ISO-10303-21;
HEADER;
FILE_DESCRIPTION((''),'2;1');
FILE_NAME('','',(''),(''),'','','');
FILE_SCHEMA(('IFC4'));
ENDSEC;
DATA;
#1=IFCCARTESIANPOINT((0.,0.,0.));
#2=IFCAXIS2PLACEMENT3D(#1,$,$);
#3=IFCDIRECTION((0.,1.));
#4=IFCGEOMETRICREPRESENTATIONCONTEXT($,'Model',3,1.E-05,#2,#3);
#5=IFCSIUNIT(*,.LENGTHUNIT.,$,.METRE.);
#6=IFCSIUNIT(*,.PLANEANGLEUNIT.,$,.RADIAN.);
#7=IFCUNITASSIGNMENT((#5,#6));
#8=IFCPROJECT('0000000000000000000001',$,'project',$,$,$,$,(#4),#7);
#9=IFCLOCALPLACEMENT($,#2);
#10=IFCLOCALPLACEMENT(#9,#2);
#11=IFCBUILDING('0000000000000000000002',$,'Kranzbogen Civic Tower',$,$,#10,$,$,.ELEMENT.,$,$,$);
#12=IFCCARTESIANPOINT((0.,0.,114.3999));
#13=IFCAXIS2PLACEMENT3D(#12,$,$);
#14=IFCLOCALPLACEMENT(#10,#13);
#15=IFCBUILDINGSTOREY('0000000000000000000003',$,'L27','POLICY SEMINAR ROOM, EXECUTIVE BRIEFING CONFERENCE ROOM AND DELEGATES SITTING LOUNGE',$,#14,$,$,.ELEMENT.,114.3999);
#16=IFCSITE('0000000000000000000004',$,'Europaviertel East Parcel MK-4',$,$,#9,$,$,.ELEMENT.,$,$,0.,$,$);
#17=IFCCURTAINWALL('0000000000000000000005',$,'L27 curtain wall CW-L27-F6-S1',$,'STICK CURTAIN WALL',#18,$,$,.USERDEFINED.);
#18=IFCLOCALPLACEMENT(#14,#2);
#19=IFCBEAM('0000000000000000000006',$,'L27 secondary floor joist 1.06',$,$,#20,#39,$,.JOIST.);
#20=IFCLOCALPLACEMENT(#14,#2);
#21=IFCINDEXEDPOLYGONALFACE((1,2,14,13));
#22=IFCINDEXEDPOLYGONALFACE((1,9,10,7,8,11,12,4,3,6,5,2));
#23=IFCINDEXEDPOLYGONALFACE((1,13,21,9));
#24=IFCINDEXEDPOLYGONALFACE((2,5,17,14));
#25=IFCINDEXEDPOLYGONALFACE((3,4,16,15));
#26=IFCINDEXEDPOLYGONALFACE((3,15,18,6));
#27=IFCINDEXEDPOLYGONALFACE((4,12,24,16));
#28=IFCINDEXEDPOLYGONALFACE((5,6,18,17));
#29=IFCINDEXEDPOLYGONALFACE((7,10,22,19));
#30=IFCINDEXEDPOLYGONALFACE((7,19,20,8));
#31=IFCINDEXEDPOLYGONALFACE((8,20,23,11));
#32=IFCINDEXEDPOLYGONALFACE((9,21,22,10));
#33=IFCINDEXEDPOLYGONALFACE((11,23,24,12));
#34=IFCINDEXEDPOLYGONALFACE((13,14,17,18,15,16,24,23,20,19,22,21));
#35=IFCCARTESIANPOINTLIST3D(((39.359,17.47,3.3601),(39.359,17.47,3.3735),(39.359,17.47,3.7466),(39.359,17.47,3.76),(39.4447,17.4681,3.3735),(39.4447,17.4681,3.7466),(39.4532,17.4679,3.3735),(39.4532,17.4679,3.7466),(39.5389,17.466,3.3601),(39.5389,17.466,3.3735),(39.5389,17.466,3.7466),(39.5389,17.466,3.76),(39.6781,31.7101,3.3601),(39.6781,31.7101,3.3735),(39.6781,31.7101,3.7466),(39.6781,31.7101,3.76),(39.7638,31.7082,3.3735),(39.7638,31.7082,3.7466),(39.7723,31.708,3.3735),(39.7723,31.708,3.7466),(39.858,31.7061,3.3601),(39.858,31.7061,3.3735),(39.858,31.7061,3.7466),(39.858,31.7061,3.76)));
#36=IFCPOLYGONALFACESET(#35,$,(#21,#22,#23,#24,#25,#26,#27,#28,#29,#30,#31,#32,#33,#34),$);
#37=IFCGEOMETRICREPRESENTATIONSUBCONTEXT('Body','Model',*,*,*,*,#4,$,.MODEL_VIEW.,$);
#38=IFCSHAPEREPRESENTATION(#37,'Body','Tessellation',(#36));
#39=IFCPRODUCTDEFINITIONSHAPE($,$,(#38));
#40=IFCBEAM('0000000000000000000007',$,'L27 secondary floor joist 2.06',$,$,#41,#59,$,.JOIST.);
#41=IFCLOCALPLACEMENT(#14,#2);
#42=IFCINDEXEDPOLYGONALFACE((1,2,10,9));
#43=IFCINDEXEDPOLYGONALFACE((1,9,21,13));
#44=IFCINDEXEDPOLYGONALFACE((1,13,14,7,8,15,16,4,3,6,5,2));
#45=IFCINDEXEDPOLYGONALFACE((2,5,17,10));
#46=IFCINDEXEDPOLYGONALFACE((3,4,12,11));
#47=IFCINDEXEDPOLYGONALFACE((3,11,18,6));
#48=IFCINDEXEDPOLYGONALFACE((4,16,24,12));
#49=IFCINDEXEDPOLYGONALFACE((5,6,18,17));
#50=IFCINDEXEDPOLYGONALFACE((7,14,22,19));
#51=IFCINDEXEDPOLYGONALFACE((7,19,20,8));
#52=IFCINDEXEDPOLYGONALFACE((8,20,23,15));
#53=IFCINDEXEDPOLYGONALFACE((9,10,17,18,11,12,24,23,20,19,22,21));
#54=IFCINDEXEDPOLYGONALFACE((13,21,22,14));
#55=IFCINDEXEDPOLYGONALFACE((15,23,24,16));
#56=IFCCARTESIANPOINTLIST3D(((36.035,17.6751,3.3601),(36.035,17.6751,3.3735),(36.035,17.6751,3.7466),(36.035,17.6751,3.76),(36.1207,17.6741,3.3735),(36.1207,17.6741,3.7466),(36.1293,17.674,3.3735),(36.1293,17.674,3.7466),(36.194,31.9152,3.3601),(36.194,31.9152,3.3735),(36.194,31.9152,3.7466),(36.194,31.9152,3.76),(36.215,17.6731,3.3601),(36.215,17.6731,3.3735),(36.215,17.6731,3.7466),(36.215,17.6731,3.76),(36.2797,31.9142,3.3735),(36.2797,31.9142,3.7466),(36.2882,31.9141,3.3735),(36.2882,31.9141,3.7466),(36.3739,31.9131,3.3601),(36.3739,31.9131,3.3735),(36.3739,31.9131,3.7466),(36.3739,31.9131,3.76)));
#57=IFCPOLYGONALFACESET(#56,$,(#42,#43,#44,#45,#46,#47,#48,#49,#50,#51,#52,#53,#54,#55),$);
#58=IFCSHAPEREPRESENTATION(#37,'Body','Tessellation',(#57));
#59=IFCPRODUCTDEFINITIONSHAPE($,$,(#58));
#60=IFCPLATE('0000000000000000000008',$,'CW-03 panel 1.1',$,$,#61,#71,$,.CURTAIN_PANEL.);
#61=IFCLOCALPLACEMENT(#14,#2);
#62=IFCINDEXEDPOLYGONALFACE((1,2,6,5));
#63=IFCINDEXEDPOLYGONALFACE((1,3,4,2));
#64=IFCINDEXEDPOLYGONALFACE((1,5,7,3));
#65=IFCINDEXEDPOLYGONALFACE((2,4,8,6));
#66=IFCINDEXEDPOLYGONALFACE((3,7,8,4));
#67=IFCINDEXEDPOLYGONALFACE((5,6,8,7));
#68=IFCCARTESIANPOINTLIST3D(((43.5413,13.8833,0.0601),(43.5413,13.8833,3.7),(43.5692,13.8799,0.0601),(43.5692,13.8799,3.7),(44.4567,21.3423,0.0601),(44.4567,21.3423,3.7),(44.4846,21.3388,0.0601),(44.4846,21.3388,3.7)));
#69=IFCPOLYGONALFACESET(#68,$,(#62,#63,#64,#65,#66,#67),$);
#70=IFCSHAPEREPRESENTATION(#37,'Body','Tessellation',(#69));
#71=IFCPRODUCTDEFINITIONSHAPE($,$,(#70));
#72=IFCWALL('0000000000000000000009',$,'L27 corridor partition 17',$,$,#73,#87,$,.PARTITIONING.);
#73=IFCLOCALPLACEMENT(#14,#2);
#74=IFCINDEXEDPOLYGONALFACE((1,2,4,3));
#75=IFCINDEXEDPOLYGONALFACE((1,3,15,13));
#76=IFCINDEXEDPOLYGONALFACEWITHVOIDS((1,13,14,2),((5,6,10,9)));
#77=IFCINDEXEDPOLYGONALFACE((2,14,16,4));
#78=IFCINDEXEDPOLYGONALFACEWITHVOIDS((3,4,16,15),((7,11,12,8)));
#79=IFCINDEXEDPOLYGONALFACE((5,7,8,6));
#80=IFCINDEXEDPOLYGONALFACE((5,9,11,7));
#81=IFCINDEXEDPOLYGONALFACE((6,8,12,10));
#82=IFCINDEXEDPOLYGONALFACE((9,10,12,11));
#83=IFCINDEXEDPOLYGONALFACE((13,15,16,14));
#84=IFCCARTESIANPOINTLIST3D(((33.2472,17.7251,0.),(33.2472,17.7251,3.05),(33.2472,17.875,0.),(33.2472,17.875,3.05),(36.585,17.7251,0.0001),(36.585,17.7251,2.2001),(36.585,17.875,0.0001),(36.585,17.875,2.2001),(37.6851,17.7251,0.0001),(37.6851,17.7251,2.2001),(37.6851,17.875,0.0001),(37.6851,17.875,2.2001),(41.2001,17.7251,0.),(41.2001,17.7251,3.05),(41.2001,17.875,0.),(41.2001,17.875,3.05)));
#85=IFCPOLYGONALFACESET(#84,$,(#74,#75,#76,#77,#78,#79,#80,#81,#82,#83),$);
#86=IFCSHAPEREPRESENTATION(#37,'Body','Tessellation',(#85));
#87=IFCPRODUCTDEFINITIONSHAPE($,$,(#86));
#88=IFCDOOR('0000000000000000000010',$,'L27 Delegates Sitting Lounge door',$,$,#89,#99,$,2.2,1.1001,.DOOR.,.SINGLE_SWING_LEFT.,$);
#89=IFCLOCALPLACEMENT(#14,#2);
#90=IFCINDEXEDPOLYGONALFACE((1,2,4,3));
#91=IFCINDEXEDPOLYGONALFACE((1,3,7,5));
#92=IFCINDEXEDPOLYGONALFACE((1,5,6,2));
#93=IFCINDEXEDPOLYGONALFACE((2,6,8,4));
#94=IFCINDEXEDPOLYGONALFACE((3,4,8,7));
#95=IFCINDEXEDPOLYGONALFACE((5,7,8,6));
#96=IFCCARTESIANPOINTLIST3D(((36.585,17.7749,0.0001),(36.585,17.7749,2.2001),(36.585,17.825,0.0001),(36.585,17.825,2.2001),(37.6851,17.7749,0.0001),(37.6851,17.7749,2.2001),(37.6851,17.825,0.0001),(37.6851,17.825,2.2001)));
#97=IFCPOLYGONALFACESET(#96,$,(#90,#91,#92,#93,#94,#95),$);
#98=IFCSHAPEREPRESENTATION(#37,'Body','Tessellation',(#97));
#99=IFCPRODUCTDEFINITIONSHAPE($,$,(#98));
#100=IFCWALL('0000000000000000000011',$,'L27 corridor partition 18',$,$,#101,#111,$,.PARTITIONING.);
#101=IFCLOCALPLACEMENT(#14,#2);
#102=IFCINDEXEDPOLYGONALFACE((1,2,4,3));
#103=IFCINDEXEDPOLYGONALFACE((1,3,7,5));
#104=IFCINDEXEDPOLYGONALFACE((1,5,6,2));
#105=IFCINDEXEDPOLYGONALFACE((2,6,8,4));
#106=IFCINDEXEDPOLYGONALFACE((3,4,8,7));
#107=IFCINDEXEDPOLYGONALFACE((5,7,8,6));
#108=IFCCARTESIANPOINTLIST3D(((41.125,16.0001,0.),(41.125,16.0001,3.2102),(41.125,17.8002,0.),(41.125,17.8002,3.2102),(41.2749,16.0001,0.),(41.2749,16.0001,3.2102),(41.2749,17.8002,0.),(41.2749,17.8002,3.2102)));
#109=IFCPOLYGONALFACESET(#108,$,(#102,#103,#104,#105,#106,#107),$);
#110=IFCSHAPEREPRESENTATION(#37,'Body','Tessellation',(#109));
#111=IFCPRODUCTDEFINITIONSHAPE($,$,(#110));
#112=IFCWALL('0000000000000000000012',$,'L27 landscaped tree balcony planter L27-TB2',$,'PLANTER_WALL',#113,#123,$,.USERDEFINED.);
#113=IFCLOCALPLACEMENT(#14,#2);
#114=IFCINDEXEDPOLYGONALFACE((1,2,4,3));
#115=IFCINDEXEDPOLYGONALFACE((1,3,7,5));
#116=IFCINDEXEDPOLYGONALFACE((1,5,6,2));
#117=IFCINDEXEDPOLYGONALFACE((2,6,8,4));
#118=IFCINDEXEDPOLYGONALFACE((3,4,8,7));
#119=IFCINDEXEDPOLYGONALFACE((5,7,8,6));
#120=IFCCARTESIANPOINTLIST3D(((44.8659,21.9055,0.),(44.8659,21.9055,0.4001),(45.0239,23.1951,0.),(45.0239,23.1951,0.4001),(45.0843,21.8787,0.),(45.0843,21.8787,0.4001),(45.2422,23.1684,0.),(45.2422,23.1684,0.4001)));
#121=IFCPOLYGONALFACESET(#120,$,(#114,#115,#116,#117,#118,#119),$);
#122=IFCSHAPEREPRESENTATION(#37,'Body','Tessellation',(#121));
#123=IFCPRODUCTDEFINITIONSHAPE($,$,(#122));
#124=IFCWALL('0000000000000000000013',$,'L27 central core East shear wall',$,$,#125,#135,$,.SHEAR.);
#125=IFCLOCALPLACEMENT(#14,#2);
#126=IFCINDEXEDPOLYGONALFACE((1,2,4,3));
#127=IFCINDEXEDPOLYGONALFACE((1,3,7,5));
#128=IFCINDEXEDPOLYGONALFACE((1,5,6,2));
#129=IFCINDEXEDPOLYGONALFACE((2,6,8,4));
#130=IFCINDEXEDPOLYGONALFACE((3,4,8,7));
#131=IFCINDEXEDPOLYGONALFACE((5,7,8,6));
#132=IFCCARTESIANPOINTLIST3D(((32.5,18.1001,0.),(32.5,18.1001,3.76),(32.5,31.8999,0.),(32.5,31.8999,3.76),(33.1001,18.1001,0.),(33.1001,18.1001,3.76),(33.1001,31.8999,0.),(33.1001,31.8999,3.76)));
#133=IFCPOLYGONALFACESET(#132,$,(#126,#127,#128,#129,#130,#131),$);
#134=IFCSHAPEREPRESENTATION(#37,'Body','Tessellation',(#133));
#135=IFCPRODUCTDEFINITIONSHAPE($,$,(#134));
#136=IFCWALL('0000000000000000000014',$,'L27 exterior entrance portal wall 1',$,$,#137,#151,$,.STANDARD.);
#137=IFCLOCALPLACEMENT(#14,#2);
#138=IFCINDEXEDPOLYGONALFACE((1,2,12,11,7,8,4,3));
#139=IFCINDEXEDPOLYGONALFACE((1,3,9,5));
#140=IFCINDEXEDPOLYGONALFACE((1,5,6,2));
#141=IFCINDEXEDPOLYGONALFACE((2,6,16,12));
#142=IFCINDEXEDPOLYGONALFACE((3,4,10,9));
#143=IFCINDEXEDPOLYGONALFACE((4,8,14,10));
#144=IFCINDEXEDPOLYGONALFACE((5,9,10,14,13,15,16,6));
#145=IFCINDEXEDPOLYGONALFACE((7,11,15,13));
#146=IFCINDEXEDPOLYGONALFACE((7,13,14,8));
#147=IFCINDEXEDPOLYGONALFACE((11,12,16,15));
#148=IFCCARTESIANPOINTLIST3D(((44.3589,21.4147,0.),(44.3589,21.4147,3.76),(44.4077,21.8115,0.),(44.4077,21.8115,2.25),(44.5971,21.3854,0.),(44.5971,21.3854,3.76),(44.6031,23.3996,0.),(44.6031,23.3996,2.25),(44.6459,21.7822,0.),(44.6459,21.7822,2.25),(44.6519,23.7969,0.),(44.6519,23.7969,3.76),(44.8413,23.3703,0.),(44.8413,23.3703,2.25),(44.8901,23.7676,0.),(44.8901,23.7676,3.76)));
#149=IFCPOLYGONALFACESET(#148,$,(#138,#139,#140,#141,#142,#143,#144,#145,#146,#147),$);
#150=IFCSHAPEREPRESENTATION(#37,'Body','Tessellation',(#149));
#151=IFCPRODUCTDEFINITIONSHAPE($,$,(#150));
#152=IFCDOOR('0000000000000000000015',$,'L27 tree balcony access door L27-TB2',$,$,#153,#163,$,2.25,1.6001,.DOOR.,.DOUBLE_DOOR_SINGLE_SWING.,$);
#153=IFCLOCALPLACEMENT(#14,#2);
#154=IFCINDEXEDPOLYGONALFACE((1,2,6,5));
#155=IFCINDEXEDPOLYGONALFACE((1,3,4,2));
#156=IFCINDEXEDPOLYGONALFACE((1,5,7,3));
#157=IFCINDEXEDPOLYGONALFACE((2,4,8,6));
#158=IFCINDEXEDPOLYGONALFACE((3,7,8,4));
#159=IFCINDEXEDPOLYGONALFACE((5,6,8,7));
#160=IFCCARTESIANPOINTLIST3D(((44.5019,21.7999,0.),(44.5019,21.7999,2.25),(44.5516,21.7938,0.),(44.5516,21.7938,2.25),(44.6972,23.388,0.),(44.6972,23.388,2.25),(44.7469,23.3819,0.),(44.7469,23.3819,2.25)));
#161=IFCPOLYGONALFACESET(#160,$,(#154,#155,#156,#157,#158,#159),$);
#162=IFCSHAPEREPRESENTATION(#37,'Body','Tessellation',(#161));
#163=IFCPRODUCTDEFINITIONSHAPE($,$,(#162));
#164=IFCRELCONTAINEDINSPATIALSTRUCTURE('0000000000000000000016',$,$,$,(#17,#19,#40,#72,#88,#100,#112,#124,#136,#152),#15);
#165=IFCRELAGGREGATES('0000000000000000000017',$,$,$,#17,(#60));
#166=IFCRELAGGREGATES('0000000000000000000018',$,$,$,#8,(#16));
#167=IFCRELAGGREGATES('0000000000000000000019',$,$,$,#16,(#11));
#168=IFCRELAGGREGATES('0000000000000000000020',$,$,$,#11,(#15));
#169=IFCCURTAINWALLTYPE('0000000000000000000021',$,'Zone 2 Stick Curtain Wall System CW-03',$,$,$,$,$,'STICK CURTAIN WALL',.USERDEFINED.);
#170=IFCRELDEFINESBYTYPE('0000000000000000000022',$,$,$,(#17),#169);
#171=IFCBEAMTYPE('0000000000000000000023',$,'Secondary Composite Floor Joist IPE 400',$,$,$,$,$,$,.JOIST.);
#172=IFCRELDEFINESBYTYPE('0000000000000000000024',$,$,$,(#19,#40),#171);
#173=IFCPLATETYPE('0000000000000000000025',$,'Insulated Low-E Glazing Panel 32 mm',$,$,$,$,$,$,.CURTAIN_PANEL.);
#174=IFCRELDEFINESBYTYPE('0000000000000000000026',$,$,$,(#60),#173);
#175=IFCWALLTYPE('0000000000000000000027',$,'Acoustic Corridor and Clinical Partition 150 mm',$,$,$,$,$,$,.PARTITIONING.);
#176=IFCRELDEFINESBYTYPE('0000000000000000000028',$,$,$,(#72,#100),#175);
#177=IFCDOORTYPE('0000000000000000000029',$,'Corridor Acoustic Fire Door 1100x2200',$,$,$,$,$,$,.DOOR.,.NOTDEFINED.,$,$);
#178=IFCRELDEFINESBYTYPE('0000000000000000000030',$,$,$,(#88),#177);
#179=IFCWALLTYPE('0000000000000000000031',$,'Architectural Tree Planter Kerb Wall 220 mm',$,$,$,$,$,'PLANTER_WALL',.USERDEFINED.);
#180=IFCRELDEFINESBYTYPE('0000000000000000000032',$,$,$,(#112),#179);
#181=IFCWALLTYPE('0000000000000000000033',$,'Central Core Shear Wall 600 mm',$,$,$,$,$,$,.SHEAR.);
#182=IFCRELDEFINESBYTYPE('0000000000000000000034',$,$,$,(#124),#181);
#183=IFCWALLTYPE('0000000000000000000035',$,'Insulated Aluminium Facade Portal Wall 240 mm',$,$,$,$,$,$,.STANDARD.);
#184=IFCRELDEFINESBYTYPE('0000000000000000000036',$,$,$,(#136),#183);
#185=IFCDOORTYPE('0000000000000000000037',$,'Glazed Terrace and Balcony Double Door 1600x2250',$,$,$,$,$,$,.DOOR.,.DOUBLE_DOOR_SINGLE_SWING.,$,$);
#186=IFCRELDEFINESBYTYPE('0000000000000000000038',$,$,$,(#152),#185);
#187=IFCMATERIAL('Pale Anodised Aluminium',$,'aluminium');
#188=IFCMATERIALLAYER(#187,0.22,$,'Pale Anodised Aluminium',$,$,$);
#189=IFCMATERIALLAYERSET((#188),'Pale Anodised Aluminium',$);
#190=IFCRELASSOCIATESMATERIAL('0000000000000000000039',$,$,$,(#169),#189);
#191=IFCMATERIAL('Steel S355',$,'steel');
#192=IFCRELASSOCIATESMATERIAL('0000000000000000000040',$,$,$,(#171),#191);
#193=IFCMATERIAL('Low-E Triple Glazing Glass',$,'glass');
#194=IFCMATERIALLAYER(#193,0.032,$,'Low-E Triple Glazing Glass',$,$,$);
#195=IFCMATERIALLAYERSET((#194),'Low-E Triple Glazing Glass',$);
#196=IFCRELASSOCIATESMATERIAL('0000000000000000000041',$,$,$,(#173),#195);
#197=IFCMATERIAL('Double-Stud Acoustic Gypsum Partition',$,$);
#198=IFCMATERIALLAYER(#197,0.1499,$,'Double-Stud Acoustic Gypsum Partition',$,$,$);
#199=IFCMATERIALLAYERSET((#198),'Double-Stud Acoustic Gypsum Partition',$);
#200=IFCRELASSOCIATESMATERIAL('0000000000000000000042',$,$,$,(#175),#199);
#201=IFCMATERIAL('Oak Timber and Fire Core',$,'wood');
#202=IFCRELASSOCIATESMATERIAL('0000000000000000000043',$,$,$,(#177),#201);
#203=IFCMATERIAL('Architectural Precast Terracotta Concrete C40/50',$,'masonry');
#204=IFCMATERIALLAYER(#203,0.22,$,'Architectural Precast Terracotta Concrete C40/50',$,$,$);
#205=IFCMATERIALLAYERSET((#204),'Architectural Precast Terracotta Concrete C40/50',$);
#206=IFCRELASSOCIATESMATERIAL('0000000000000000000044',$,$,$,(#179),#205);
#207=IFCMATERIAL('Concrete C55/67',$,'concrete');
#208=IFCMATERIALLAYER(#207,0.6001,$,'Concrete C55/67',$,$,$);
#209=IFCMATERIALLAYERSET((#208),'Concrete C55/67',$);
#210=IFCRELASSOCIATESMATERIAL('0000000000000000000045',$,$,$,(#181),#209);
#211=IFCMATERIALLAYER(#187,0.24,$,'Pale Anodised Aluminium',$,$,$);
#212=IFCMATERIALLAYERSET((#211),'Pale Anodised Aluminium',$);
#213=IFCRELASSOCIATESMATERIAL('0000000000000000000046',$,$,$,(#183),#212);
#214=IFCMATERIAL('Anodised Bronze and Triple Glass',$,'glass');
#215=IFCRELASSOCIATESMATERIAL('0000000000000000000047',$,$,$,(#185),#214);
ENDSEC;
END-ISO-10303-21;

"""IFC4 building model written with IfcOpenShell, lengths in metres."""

from ifc_helpers import new_model, si_unit, direction, frame, frame_2d, origin, origin_2d, place, context, subcontext, project, spatial, rectangle, i_section, extrude, material, layer, layer_set, material_profile, profile_set, type_object, element, fill, aggregate, save


model = new_model("IFC4")

# Units and contexts
model_context = context("Model", 3, precision=1e-05, world=origin(), true_north=direction((0.0, 1.0)))
body_context = subcontext(model_context, "Body", "Model", "MODEL_VIEW")
ifc_project = project(units=[si_unit("LENGTHUNIT", "METRE"), si_unit("PLANEANGLEUNIT", "RADIAN")], contexts=[model_context])

# Site, building, storey
site_placement = place(None, origin())
site = spatial("IfcSite", under=ifc_project, at=site_placement, Name="Europaviertel East Parcel MK-4", CompositionType="ELEMENT", RefElevation=0.0)
building_placement = place(site_placement, origin())
building = spatial("IfcBuilding", under=site, at=building_placement, Name="Kranzbogen Civic Tower", CompositionType="ELEMENT")
storey_placement = place(building_placement, frame((0.0, 0.0, 114.3999)))
storey = spatial("IfcBuildingStorey", under=building, at=storey_placement, Name="L27", Description="POLICY SEMINAR ROOM, EXECUTIVE BRIEFING CONFERENCE ROOM AND DELEGATES SITTING LOUNGE", CompositionType="ELEMENT", Elevation=114.3999)

# Curtain wall
ifc_material_1 = material(Name="Pale Anodised Aluminium", Category="aluminium")
ifc_layer_1 = layer(ifc_material_1, 0.22, Name="Pale Anodised Aluminium")
ifc_layer_set_1 = layer_set([ifc_layer_1], Name="Pale Anodised Aluminium")
curtain_wall_type = type_object("IfcCurtainWallType", Name="Zone 2 Stick Curtain Wall System CW-03", ElementType="STICK CURTAIN WALL", PredefinedType="USERDEFINED", material=ifc_layer_set_1)
curtain_wall_1_placement = place(storey_placement, origin())
curtain_wall_1 = element("IfcCurtainWall", 1, at=curtain_wall_1_placement, inside=storey, type_object=curtain_wall_type, Name="L27 curtain wall CW-L27-F6-S1", ObjectType="STICK CURTAIN WALL", PredefinedType="USERDEFINED")

# Beams
ifc_material_2 = material(Name="Steel S355", Category="steel")
ifc_material_profile_1 = material_profile(ifc_material_2, i_section(OverallWidth=0.1799, OverallDepth=0.3999, WebThickness=0.0085, FlangeThickness=0.0134, at=origin_2d()), Name="IPE 400")
ifc_profile_set_1 = profile_set([ifc_material_profile_1], Name="Steel S355")
beam_type_1 = type_object("IfcBeamType", Name="Secondary Composite Floor Joist IPE 400", PredefinedType="JOIST", material=ifc_profile_set_1)
beam_1_placement = place(storey_placement, frame((39.449, 17.468, 3.5601), z_axis=(0.022403, 0.999749, 0.0), x_axis=(-0.999749, 0.022403, 0.0)))
element("IfcBeam", 2, at=beam_1_placement, inside=storey, type_object=beam_type_1, Name="L27 secondary floor joist 1.06", PredefinedType="JOIST", context=body_context, shape_type="SweptSolid", body=[
    extrude(i_section(OverallWidth=0.1799, OverallDepth=0.3999, WebThickness=0.0085, FlangeThickness=0.0134, at=origin_2d()), origin(), (0.0, 0.0, 1.0), 14.2437),
])
beam_2_placement = place(storey_placement, frame((36.125, 17.6741, 3.5601), z_axis=(0.011161, 0.999938, 0.0), x_axis=(-0.999938, 0.011161, 0.0)))
element("IfcBeam", 3, at=beam_2_placement, inside=storey, type_object=beam_type_1, Name="L27 secondary floor joist 2.06", PredefinedType="JOIST", context=body_context, shape_type="SweptSolid", body=[
    extrude(i_section(OverallWidth=0.1799, OverallDepth=0.3999, WebThickness=0.0085, FlangeThickness=0.0134, at=origin_2d()), origin(), (0.0, 0.0, 1.0), 14.241),
])

# Plate
ifc_material_3 = material(Name="Low-E Triple Glazing Glass", Category="glass")
ifc_layer_2 = layer(ifc_material_3, 0.032, Name="Low-E Triple Glazing Glass")
ifc_layer_set_2 = layer_set([ifc_layer_2], Name="Low-E Triple Glazing Glass")
plate_type = type_object("IfcPlateType", Name="Insulated Low-E Glazing Panel 32 mm", PredefinedType="CURTAIN_PANEL", material=ifc_layer_set_2)
plate_placement = place(storey_placement, frame((44.0129, 17.6111, 0.0601), z_axis=(0.0, 0.0, 1.0), x_axis=(0.12181, 0.992553, 0.0)))
plate = element("IfcPlate", 4, at=plate_placement, type_object=plate_type, Name="CW-03 panel 1.1", PredefinedType="CURTAIN_PANEL", context=body_context, shape_type="SweptSolid", body=[
    extrude(rectangle(XDim=7.5149, YDim=0.0281, at=origin_2d()), origin(), (0.0, 0.0, 1.0), 3.6399),
])
aggregate(curtain_wall_1, [plate])

# Wall, opening, door
ifc_material_4 = material(Name="Double-Stud Acoustic Gypsum Partition")
ifc_layer_3 = layer(ifc_material_4, 0.1499, Name="Double-Stud Acoustic Gypsum Partition")
ifc_layer_set_3 = layer_set([ifc_layer_3], Name="Double-Stud Acoustic Gypsum Partition")
wall_type_1 = type_object("IfcWallType", Name="Acoustic Corridor and Clinical Partition 150 mm", PredefinedType="PARTITIONING", material=ifc_layer_set_3)
wall_1_placement = place(storey_placement, frame((33.2471, 17.8, 0.0), z_axis=(0.0, 0.0, 1.0), x_axis=(1.0, 0.0, 0.0)))
wall_1 = element("IfcWall", 5, at=wall_1_placement, inside=storey, type_object=wall_type_1, Name="L27 corridor partition 17", PredefinedType="PARTITIONING", context=body_context, shape_type="SweptSolid", body=[
    extrude(rectangle(XDim=7.9529, YDim=0.1499, at=frame_2d((3.9766, 0.0))), origin(), (0.0, 0.0, 1.0), 3.05),
])
opening_1_placement = place(wall_1_placement, frame((3.3379, 0.0, 0.0)))
opening_1 = element("IfcOpeningElement", 6, at=opening_1_placement, cuts=wall_1, PredefinedType="OPENING", context=body_context, shape_type="SweptSolid", body=[
    extrude(rectangle(XDim=1.1001, YDim=2.2, at=frame_2d((0.55, 1.1001))), frame((0.0, 0.085, 0.0), z_axis=(0.0, -1.0, 0.0), x_axis=(1.0, 0.0, 0.0)), (0.0, 0.0, 1.0), 0.1699),
])
ifc_material_5 = material(Name="Oak Timber and Fire Core", Category="wood")
door_type_1 = type_object("IfcDoorType", Name="Corridor Acoustic Fire Door 1100x2200", OperationType="NOTDEFINED", PredefinedType="DOOR", material=ifc_material_5)
door_1_placement = place(opening_1_placement, origin())
door_1 = element("IfcDoor", 7, at=door_1_placement, inside=storey, type_object=door_type_1, Name="L27 Delegates Sitting Lounge door", OperationType="SINGLE_SWING_LEFT", OverallHeight=2.2, OverallWidth=1.1001, PredefinedType="DOOR", context=body_context, shape_type="SweptSolid", body=[
    extrude(rectangle(XDim=1.1001, YDim=2.2, at=frame_2d((0.55, 1.1001))), frame((0.0, 0.0249, 0.0), z_axis=(0.0, -1.0, 0.0), x_axis=(1.0, 0.0, 0.0)), (0.0, 0.0, 1.0), 0.05),
])
fill(opening_1, door_1)

# Walls
wall_2_placement = place(storey_placement, frame((41.2, 17.8, 0.0), z_axis=(0.0, 0.0, 1.0), x_axis=(0.0, -1.0, 0.0)))
element("IfcWall", 8, at=wall_2_placement, inside=storey, type_object=wall_type_1, Name="L27 corridor partition 18", PredefinedType="PARTITIONING", context=body_context, shape_type="SweptSolid", body=[
    extrude(rectangle(XDim=1.8, YDim=0.1499, at=frame_2d((0.8999, 0.0))), origin(), (0.0, 0.0, 1.0), 3.2102),
])
ifc_material_6 = material(Name="Architectural Precast Terracotta Concrete C40/50", Category="masonry")
ifc_layer_4 = layer(ifc_material_6, 0.22, Name="Architectural Precast Terracotta Concrete C40/50")
ifc_layer_set_4 = layer_set([ifc_layer_4], Name="Architectural Precast Terracotta Concrete C40/50")
wall_type_2 = type_object("IfcWallType", Name="Architectural Tree Planter Kerb Wall 220 mm", ElementType="PLANTER_WALL", PredefinedType="USERDEFINED", material=ifc_layer_set_4)
wall_3_placement = place(storey_placement, frame((44.9751, 21.8921, 0.0), z_axis=(0.0, 0.0, 1.0), x_axis=(0.12156, 0.992584, 0.0)))
element("IfcWall", 9, at=wall_3_placement, inside=storey, type_object=wall_type_2, Name="L27 landscaped tree balcony planter L27-TB2", ObjectType="PLANTER_WALL", PredefinedType="USERDEFINED", context=body_context, shape_type="SweptSolid", body=[
    extrude(rectangle(XDim=1.2993, YDim=0.22, at=frame_2d((0.6497, 0.0))), origin(), (0.0, 0.0, 1.0), 0.4001),
])
ifc_material_7 = material(Name="Concrete C55/67", Category="concrete")
ifc_layer_5 = layer(ifc_material_7, 0.6001, Name="Concrete C55/67")
ifc_layer_set_5 = layer_set([ifc_layer_5], Name="Concrete C55/67")
wall_type_3 = type_object("IfcWallType", Name="Central Core Shear Wall 600 mm", PredefinedType="SHEAR", material=ifc_layer_set_5)
wall_4_placement = place(storey_placement, frame((32.8, 18.1001, 0.0), z_axis=(0.0, 0.0, 1.0), x_axis=(0.0, 1.0, 0.0)))
element("IfcWall", 10, at=wall_4_placement, inside=storey, type_object=wall_type_3, Name="L27 central core East shear wall", PredefinedType="SHEAR", context=body_context, shape_type="SweptSolid", body=[
    extrude(rectangle(XDim=13.7998, YDim=0.6001, at=frame_2d((6.8999, 0.0))), origin(), (0.0, 0.0, 1.0), 3.76),
])

# Wall, opening, door
ifc_layer_6 = layer(ifc_material_1, 0.24, Name="Pale Anodised Aluminium")
ifc_layer_set_6 = layer_set([ifc_layer_6], Name="Pale Anodised Aluminium")
wall_type_4 = type_object("IfcWallType", Name="Insulated Aluminium Facade Portal Wall 240 mm", PredefinedType="STANDARD", material=ifc_layer_set_6)
wall_5_placement = place(storey_placement, frame((44.478, 21.3999, 0.0), z_axis=(0.0, 0.0, 1.0), x_axis=(0.122069, 0.992522, 0.0)))
wall_5 = element("IfcWall", 11, at=wall_5_placement, inside=storey, type_object=wall_type_4, Name="L27 exterior entrance portal wall 1", PredefinedType="STANDARD", context=body_context, shape_type="SweptSolid", body=[
    extrude(rectangle(XDim=2.4001, YDim=0.24, at=frame_2d((1.2002, 0.0))), origin(), (0.0, 0.0, 1.0), 3.76),
])
opening_2_placement = place(wall_5_placement, frame((0.3999, 0.0, 0.0)))
opening_2 = element("IfcOpeningElement", 12, at=opening_2_placement, cuts=wall_5, PredefinedType="OPENING", context=body_context, shape_type="SweptSolid", body=[
    extrude(rectangle(XDim=1.6001, YDim=2.25, at=frame_2d((0.8, 1.125))), frame((0.0, 0.1299, 0.0), z_axis=(0.0, -1.0, 0.0), x_axis=(1.0, 0.0, 0.0)), (0.0, 0.0, 1.0), 0.26),
])
ifc_material_8 = material(Name="Anodised Bronze and Triple Glass", Category="glass")
door_type_2 = type_object("IfcDoorType", Name="Glazed Terrace and Balcony Double Door 1600x2250", OperationType="DOUBLE_DOOR_SINGLE_SWING", PredefinedType="DOOR", material=ifc_material_8)
door_2_placement = place(opening_2_placement, frame((1.6001, 0.0, 0.0), z_axis=(0.0, 0.0, 1.0), x_axis=(-1.0, 0.0, 0.0)))
door_2 = element("IfcDoor", 13, at=door_2_placement, inside=storey, type_object=door_type_2, Name="L27 tree balcony access door L27-TB2", OperationType="DOUBLE_DOOR_SINGLE_SWING", OverallHeight=2.25, OverallWidth=1.6001, PredefinedType="DOOR", context=body_context, shape_type="SweptSolid", body=[
    extrude(rectangle(XDim=1.6001, YDim=2.25, at=frame_2d((0.8, 1.125))), frame((0.0, 0.0249, 0.0), z_axis=(0.0, -1.0, 0.0), x_axis=(1.0, 0.0, 0.0)), (0.0, 0.0, 1.0), 0.05),
])
fill(opening_2, door_2)

save(model, "model.ifc")
